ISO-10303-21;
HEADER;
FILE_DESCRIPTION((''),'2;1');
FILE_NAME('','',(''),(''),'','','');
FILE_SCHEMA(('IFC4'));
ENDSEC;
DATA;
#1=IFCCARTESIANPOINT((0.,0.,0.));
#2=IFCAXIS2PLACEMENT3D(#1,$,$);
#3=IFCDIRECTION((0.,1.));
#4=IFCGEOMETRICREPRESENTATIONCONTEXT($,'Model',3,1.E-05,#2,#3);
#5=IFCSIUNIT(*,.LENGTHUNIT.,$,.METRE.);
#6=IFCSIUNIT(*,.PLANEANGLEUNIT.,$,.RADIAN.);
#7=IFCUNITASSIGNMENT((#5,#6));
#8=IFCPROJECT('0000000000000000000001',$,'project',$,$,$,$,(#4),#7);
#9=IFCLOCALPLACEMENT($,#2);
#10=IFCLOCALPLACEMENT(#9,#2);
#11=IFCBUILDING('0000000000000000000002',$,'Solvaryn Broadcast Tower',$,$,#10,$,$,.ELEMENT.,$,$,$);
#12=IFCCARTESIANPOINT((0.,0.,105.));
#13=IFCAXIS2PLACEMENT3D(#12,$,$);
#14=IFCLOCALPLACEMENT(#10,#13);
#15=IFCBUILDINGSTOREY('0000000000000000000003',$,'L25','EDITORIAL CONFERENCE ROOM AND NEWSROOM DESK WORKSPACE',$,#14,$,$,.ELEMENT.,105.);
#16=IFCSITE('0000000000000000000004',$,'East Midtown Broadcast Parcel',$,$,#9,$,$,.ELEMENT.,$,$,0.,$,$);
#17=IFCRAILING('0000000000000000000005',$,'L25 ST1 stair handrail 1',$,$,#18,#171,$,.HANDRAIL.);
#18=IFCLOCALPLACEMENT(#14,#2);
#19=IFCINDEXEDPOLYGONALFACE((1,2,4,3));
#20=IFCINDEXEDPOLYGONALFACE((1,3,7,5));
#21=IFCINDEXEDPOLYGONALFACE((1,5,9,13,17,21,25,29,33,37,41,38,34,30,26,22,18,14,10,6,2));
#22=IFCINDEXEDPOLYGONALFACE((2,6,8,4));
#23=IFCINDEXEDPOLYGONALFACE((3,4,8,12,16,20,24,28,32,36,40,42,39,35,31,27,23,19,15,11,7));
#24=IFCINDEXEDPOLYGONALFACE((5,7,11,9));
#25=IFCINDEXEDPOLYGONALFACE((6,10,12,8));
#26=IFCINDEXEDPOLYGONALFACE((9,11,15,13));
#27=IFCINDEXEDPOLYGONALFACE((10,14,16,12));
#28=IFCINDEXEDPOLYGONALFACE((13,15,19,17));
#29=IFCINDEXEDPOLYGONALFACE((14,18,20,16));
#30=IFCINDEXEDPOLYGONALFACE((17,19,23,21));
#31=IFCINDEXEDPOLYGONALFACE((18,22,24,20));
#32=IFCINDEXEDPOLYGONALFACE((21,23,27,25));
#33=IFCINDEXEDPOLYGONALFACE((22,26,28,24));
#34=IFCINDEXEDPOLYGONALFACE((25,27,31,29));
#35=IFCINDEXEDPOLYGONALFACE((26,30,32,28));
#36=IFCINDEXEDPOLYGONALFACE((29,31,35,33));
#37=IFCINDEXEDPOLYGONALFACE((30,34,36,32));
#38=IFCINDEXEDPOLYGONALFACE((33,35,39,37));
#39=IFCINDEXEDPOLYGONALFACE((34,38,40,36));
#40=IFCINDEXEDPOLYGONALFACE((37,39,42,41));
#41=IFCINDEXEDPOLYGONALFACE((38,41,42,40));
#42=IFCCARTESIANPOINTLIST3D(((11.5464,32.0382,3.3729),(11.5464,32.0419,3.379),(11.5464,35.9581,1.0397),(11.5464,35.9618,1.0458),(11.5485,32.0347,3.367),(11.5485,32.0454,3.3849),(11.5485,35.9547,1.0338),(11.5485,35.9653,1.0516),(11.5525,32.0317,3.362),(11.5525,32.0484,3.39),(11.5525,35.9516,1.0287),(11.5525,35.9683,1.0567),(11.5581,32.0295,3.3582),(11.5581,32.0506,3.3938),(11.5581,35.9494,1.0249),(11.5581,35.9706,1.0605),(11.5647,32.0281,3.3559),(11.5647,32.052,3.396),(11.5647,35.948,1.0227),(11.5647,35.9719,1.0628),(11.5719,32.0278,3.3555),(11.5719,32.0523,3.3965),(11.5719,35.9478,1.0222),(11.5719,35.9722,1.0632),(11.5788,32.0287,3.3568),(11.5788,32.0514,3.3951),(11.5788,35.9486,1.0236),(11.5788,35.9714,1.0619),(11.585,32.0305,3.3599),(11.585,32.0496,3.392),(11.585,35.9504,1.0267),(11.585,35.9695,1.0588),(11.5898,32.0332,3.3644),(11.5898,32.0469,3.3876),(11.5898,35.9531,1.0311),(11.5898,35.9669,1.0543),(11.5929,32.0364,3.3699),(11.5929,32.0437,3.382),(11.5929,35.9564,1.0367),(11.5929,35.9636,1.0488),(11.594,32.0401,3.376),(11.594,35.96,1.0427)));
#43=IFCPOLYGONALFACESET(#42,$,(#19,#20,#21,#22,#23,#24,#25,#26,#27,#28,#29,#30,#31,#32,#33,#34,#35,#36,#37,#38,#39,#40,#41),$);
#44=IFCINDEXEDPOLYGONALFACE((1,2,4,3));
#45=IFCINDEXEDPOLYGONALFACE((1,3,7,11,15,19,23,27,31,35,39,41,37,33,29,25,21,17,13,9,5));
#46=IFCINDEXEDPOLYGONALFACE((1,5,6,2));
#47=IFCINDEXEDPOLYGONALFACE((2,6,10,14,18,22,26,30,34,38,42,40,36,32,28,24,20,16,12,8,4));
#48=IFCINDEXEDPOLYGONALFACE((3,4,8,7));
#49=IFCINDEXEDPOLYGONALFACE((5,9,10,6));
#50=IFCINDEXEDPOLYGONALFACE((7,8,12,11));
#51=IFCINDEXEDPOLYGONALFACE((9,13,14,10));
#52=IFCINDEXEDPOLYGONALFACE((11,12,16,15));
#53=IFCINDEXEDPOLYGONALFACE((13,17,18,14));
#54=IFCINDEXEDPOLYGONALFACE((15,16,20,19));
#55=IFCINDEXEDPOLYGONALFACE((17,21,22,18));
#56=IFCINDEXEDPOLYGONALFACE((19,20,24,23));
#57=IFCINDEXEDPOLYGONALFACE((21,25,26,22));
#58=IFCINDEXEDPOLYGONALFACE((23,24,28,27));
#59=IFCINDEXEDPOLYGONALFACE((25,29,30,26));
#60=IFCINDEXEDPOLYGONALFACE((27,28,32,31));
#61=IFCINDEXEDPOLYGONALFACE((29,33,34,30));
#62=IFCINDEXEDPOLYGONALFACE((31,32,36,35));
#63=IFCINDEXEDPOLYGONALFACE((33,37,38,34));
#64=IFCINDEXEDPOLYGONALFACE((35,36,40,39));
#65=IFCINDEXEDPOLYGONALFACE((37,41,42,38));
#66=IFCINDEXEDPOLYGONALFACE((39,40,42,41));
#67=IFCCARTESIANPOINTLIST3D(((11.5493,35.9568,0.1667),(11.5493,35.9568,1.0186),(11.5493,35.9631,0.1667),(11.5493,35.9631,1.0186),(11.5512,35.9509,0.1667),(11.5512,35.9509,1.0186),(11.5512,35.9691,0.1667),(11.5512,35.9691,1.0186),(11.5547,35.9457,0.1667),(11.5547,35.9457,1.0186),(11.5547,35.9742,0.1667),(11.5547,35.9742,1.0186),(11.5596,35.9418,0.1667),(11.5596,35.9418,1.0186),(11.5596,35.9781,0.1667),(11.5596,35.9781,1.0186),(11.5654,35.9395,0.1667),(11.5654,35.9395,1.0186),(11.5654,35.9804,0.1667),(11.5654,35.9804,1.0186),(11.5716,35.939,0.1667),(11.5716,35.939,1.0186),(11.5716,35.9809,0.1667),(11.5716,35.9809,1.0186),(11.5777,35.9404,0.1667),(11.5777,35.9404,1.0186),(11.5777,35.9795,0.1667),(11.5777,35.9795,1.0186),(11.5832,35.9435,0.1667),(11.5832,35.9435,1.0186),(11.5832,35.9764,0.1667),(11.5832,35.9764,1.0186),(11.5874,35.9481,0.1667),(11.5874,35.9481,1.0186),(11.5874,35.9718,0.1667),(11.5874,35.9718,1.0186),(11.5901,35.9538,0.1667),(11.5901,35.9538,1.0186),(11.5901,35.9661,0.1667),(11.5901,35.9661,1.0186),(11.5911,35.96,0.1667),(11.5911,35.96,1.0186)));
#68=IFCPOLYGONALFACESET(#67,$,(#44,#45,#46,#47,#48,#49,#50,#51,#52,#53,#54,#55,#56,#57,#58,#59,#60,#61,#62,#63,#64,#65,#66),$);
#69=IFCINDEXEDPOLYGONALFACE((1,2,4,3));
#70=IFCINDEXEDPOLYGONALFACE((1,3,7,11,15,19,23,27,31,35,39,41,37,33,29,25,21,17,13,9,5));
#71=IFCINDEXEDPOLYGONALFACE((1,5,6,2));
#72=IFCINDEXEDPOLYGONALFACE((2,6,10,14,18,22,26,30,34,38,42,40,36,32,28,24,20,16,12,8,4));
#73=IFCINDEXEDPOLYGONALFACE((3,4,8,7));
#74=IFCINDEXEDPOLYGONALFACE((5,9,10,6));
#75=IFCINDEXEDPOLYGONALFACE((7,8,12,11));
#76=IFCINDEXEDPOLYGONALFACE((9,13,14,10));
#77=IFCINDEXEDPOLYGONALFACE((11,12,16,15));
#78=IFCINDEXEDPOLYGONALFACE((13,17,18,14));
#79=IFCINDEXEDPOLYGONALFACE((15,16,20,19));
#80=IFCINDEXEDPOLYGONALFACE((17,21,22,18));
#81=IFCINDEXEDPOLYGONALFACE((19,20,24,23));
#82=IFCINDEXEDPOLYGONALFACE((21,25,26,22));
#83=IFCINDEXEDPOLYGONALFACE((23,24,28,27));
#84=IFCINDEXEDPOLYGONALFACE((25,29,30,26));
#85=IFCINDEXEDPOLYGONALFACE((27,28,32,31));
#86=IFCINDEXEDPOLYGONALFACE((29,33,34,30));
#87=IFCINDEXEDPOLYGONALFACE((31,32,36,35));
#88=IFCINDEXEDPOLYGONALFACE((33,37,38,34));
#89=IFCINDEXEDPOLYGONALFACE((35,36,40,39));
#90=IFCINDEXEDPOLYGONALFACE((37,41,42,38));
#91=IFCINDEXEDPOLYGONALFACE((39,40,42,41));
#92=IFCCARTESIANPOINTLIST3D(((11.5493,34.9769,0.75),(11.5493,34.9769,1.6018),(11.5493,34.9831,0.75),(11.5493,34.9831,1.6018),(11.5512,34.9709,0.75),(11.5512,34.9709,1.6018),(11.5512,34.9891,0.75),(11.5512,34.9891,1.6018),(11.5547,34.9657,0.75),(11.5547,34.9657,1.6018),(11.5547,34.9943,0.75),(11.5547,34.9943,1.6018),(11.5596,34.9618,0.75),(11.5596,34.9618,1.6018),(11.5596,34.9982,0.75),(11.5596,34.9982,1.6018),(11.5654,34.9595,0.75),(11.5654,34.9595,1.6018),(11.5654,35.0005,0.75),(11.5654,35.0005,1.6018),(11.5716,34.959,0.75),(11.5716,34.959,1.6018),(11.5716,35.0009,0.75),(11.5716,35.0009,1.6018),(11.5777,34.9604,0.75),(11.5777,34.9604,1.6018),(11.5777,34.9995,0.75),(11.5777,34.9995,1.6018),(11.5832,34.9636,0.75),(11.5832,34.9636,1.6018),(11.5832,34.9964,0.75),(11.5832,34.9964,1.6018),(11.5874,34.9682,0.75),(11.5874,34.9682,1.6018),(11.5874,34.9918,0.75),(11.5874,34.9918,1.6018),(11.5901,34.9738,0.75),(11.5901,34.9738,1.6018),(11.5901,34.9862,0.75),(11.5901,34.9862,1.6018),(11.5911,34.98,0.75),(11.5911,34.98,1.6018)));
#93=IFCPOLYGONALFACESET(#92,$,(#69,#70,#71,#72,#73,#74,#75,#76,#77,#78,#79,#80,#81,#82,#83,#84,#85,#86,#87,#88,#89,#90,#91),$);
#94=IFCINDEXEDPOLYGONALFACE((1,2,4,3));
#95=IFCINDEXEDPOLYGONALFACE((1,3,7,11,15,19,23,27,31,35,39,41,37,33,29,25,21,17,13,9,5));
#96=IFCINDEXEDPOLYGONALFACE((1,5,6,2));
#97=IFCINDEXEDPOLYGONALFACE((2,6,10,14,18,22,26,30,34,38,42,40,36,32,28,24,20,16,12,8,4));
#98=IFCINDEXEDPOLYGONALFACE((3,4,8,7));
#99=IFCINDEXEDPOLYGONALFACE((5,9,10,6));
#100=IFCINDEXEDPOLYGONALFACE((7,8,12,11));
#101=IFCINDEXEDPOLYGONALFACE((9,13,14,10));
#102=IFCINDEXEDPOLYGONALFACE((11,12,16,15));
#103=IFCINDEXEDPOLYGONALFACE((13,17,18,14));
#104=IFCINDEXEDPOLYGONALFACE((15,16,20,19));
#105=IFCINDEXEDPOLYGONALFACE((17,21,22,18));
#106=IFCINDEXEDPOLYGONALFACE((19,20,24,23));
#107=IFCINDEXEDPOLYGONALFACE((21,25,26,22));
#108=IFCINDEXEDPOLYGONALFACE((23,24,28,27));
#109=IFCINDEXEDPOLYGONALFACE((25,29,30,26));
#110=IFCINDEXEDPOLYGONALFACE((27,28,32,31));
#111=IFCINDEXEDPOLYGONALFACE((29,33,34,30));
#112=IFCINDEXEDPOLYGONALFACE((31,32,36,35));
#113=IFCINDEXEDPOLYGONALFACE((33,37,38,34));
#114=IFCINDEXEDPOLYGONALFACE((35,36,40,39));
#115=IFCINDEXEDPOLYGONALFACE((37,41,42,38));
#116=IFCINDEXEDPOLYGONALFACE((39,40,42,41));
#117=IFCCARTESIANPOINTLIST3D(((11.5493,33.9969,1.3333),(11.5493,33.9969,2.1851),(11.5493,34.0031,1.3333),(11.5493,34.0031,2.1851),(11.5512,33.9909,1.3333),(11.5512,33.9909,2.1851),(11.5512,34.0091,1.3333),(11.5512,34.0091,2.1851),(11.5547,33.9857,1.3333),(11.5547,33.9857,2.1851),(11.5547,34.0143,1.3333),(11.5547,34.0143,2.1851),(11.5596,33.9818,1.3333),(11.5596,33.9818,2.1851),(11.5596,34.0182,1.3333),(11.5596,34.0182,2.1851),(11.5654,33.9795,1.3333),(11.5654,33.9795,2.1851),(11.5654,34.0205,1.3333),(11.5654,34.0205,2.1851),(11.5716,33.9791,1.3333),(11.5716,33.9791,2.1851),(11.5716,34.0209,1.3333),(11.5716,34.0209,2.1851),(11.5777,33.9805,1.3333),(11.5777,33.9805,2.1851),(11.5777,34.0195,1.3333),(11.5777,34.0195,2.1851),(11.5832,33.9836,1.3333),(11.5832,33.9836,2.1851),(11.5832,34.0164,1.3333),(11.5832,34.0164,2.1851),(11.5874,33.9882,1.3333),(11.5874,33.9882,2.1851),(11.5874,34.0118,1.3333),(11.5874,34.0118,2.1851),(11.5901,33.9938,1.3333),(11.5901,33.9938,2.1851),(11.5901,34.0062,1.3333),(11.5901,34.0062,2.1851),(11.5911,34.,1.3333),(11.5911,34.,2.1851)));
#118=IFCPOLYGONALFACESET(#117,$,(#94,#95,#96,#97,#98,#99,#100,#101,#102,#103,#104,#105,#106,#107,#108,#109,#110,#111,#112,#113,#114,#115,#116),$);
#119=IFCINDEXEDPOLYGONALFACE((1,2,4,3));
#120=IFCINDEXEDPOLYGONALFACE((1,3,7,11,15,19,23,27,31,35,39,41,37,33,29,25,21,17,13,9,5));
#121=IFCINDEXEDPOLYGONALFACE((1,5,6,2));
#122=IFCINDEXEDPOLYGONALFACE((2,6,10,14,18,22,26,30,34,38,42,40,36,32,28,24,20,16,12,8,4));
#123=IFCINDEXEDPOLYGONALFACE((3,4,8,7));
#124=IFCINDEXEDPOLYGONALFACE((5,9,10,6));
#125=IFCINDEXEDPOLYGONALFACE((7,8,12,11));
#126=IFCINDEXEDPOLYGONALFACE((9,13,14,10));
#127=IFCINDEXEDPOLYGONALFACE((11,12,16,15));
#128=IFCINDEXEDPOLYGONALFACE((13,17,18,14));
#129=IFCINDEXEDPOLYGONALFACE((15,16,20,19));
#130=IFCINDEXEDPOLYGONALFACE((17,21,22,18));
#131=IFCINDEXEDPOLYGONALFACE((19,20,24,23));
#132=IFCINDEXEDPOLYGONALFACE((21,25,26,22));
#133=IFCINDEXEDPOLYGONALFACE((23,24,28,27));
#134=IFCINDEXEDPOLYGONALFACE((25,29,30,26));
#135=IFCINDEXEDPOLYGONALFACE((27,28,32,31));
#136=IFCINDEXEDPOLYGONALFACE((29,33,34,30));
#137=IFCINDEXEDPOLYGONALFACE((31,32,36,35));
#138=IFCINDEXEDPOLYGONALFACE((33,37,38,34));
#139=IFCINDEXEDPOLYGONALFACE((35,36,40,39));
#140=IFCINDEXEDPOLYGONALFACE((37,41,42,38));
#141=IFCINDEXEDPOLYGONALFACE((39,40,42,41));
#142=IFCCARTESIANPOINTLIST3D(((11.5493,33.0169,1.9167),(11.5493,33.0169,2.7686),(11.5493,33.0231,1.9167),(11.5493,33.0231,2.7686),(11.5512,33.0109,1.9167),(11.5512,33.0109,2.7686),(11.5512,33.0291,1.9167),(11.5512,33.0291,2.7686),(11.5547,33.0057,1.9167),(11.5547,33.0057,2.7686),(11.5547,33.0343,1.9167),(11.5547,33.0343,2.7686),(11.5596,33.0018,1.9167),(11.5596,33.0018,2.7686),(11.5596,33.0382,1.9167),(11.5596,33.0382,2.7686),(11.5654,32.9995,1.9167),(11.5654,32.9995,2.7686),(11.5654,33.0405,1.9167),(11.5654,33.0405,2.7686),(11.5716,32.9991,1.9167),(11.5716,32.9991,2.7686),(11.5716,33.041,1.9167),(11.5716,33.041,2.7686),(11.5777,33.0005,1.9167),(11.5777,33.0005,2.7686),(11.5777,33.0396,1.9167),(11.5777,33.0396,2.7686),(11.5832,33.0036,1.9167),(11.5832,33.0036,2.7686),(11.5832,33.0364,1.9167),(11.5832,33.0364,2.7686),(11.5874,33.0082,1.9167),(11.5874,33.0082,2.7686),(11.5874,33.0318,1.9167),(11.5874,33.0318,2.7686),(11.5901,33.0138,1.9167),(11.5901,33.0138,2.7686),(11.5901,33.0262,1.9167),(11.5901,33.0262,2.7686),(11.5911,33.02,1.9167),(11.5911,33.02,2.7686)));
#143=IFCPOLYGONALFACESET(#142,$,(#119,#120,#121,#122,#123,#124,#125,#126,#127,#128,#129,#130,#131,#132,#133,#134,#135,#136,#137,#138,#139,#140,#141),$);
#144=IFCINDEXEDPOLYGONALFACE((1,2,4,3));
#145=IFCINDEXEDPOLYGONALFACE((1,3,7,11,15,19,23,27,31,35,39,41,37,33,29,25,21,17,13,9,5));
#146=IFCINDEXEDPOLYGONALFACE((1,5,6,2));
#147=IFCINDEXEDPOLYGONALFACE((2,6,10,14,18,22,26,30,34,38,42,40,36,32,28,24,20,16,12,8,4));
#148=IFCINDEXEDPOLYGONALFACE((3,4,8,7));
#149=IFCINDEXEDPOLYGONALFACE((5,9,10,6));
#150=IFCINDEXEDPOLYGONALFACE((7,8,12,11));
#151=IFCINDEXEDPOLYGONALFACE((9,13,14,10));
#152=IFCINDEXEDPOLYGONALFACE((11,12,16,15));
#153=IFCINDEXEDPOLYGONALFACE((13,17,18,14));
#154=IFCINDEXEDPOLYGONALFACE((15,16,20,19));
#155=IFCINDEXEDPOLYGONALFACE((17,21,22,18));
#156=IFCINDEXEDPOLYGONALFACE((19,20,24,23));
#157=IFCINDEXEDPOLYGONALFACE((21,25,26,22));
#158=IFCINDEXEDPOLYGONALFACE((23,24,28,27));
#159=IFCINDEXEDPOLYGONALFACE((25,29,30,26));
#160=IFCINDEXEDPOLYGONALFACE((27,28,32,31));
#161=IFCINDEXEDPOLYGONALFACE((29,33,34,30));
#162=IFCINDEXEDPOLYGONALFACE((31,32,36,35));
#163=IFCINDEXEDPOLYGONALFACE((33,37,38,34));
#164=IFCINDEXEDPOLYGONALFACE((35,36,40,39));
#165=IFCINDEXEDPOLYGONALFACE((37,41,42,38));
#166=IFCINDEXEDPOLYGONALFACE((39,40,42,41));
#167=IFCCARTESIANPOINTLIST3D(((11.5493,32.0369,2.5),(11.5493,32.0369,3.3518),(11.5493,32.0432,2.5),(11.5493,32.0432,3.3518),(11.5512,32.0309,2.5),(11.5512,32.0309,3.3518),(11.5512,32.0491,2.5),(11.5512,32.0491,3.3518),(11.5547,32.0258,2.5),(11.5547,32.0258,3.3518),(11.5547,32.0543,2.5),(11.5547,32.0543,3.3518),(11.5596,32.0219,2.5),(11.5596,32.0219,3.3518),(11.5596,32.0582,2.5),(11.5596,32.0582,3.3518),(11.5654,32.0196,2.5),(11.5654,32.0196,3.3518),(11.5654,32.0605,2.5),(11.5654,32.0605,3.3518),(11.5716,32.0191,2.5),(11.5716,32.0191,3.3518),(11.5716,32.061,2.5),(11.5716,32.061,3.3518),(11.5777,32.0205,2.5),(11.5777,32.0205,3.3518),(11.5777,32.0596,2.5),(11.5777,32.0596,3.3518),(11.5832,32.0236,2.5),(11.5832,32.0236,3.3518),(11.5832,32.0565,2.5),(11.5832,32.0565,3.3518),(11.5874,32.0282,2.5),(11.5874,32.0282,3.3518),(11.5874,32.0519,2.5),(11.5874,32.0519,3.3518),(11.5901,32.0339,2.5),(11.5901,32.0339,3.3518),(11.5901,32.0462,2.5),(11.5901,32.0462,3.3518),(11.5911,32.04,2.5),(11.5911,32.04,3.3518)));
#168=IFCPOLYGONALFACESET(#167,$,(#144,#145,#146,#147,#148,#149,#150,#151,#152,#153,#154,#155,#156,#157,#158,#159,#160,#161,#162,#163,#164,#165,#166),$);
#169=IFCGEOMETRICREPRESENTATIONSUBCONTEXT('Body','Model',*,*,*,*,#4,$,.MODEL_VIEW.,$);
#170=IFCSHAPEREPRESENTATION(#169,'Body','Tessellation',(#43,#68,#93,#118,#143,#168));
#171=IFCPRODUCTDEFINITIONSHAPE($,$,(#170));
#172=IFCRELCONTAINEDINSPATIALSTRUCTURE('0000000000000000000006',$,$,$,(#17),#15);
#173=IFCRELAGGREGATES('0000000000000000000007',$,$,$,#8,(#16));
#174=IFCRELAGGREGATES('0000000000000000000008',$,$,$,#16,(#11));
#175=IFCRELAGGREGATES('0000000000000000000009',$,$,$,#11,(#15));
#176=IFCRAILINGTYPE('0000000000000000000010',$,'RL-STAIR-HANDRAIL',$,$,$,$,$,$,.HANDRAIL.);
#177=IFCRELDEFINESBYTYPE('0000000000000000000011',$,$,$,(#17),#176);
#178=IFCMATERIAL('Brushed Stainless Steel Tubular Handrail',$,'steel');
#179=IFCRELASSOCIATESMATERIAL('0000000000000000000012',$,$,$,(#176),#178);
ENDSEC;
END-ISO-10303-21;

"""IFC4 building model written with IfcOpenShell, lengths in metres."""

from ifc_helpers import new_model, si_unit, direction, frame, origin, origin_2d, place, context, subcontext, project, spatial, circle, extrude, material, type_object, element, save


model = new_model("IFC4")

# Units and contexts
model_context = context("Model", 3, precision=1e-05, world=origin(), true_north=direction((0.0, 1.0)))
body_context = subcontext(model_context, "Body", "Model", "MODEL_VIEW")
ifc_project = project(units=[si_unit("LENGTHUNIT", "METRE"), si_unit("PLANEANGLEUNIT", "RADIAN")], contexts=[model_context])

# Site, building, storey
site_placement = place(None, origin())
site = spatial("IfcSite", under=ifc_project, at=site_placement, Name="East Midtown Broadcast Parcel", CompositionType="ELEMENT", RefElevation=0.0)
building_placement = place(site_placement, origin())
building = spatial("IfcBuilding", under=site, at=building_placement, Name="Solvaryn Broadcast Tower", CompositionType="ELEMENT")
storey_placement = place(building_placement, frame((0.0, 0.0, 105.0)))
storey = spatial("IfcBuildingStorey", under=building, at=storey_placement, Name="L25", Description="EDITORIAL CONFERENCE ROOM AND NEWSROOM DESK WORKSPACE", CompositionType="ELEMENT", Elevation=105.0)

# Railing
ifc_material_1 = material(Name="Brushed Stainless Steel Tubular Handrail", Category="steel")
railing_type_1 = type_object("IfcRailingType", Name="RL-STAIR-HANDRAIL", PredefinedType="HANDRAIL", material=ifc_material_1)
railing_1_placement = place(storey_placement, frame((11.5701, 35.96, 0.1667)))
element("IfcRailing", 1, at=railing_1_placement, inside=storey, type_object=railing_type_1, Name="L25 ST1 stair handrail 1", PredefinedType="HANDRAIL", context=body_context, shape_type="SweptSolid", body=[
    extrude(circle(Radius=0.0239, at=origin_2d()), frame((0.0, 0.0, 0.876), z_axis=(0.0, -0.859296, 0.511478), x_axis=(1.0, 0.0, 0.0)), (0.0, 0.0, 1.0), 4.5618),
    extrude(circle(Radius=0.021, at=origin_2d()), origin(), (0.0, 0.0, 1.0), 0.8518),
    extrude(circle(Radius=0.021, at=origin_2d()), frame((0.0, -0.98, 0.5833)), (0.0, 0.0, 1.0), 0.8518),
    extrude(circle(Radius=0.021, at=origin_2d()), frame((0.0, -1.96, 1.1665)), (0.0, 0.0, 1.0), 0.8518),
    extrude(circle(Radius=0.021, at=origin_2d()), frame((0.0, -2.9399, 1.75)), (0.0, 0.0, 1.0), 0.8518),
    extrude(circle(Radius=0.021, at=origin_2d()), frame((0.0, -3.9199, 2.3333)), (0.0, 0.0, 1.0), 0.8518),
])

save(model, "model.ifc")
